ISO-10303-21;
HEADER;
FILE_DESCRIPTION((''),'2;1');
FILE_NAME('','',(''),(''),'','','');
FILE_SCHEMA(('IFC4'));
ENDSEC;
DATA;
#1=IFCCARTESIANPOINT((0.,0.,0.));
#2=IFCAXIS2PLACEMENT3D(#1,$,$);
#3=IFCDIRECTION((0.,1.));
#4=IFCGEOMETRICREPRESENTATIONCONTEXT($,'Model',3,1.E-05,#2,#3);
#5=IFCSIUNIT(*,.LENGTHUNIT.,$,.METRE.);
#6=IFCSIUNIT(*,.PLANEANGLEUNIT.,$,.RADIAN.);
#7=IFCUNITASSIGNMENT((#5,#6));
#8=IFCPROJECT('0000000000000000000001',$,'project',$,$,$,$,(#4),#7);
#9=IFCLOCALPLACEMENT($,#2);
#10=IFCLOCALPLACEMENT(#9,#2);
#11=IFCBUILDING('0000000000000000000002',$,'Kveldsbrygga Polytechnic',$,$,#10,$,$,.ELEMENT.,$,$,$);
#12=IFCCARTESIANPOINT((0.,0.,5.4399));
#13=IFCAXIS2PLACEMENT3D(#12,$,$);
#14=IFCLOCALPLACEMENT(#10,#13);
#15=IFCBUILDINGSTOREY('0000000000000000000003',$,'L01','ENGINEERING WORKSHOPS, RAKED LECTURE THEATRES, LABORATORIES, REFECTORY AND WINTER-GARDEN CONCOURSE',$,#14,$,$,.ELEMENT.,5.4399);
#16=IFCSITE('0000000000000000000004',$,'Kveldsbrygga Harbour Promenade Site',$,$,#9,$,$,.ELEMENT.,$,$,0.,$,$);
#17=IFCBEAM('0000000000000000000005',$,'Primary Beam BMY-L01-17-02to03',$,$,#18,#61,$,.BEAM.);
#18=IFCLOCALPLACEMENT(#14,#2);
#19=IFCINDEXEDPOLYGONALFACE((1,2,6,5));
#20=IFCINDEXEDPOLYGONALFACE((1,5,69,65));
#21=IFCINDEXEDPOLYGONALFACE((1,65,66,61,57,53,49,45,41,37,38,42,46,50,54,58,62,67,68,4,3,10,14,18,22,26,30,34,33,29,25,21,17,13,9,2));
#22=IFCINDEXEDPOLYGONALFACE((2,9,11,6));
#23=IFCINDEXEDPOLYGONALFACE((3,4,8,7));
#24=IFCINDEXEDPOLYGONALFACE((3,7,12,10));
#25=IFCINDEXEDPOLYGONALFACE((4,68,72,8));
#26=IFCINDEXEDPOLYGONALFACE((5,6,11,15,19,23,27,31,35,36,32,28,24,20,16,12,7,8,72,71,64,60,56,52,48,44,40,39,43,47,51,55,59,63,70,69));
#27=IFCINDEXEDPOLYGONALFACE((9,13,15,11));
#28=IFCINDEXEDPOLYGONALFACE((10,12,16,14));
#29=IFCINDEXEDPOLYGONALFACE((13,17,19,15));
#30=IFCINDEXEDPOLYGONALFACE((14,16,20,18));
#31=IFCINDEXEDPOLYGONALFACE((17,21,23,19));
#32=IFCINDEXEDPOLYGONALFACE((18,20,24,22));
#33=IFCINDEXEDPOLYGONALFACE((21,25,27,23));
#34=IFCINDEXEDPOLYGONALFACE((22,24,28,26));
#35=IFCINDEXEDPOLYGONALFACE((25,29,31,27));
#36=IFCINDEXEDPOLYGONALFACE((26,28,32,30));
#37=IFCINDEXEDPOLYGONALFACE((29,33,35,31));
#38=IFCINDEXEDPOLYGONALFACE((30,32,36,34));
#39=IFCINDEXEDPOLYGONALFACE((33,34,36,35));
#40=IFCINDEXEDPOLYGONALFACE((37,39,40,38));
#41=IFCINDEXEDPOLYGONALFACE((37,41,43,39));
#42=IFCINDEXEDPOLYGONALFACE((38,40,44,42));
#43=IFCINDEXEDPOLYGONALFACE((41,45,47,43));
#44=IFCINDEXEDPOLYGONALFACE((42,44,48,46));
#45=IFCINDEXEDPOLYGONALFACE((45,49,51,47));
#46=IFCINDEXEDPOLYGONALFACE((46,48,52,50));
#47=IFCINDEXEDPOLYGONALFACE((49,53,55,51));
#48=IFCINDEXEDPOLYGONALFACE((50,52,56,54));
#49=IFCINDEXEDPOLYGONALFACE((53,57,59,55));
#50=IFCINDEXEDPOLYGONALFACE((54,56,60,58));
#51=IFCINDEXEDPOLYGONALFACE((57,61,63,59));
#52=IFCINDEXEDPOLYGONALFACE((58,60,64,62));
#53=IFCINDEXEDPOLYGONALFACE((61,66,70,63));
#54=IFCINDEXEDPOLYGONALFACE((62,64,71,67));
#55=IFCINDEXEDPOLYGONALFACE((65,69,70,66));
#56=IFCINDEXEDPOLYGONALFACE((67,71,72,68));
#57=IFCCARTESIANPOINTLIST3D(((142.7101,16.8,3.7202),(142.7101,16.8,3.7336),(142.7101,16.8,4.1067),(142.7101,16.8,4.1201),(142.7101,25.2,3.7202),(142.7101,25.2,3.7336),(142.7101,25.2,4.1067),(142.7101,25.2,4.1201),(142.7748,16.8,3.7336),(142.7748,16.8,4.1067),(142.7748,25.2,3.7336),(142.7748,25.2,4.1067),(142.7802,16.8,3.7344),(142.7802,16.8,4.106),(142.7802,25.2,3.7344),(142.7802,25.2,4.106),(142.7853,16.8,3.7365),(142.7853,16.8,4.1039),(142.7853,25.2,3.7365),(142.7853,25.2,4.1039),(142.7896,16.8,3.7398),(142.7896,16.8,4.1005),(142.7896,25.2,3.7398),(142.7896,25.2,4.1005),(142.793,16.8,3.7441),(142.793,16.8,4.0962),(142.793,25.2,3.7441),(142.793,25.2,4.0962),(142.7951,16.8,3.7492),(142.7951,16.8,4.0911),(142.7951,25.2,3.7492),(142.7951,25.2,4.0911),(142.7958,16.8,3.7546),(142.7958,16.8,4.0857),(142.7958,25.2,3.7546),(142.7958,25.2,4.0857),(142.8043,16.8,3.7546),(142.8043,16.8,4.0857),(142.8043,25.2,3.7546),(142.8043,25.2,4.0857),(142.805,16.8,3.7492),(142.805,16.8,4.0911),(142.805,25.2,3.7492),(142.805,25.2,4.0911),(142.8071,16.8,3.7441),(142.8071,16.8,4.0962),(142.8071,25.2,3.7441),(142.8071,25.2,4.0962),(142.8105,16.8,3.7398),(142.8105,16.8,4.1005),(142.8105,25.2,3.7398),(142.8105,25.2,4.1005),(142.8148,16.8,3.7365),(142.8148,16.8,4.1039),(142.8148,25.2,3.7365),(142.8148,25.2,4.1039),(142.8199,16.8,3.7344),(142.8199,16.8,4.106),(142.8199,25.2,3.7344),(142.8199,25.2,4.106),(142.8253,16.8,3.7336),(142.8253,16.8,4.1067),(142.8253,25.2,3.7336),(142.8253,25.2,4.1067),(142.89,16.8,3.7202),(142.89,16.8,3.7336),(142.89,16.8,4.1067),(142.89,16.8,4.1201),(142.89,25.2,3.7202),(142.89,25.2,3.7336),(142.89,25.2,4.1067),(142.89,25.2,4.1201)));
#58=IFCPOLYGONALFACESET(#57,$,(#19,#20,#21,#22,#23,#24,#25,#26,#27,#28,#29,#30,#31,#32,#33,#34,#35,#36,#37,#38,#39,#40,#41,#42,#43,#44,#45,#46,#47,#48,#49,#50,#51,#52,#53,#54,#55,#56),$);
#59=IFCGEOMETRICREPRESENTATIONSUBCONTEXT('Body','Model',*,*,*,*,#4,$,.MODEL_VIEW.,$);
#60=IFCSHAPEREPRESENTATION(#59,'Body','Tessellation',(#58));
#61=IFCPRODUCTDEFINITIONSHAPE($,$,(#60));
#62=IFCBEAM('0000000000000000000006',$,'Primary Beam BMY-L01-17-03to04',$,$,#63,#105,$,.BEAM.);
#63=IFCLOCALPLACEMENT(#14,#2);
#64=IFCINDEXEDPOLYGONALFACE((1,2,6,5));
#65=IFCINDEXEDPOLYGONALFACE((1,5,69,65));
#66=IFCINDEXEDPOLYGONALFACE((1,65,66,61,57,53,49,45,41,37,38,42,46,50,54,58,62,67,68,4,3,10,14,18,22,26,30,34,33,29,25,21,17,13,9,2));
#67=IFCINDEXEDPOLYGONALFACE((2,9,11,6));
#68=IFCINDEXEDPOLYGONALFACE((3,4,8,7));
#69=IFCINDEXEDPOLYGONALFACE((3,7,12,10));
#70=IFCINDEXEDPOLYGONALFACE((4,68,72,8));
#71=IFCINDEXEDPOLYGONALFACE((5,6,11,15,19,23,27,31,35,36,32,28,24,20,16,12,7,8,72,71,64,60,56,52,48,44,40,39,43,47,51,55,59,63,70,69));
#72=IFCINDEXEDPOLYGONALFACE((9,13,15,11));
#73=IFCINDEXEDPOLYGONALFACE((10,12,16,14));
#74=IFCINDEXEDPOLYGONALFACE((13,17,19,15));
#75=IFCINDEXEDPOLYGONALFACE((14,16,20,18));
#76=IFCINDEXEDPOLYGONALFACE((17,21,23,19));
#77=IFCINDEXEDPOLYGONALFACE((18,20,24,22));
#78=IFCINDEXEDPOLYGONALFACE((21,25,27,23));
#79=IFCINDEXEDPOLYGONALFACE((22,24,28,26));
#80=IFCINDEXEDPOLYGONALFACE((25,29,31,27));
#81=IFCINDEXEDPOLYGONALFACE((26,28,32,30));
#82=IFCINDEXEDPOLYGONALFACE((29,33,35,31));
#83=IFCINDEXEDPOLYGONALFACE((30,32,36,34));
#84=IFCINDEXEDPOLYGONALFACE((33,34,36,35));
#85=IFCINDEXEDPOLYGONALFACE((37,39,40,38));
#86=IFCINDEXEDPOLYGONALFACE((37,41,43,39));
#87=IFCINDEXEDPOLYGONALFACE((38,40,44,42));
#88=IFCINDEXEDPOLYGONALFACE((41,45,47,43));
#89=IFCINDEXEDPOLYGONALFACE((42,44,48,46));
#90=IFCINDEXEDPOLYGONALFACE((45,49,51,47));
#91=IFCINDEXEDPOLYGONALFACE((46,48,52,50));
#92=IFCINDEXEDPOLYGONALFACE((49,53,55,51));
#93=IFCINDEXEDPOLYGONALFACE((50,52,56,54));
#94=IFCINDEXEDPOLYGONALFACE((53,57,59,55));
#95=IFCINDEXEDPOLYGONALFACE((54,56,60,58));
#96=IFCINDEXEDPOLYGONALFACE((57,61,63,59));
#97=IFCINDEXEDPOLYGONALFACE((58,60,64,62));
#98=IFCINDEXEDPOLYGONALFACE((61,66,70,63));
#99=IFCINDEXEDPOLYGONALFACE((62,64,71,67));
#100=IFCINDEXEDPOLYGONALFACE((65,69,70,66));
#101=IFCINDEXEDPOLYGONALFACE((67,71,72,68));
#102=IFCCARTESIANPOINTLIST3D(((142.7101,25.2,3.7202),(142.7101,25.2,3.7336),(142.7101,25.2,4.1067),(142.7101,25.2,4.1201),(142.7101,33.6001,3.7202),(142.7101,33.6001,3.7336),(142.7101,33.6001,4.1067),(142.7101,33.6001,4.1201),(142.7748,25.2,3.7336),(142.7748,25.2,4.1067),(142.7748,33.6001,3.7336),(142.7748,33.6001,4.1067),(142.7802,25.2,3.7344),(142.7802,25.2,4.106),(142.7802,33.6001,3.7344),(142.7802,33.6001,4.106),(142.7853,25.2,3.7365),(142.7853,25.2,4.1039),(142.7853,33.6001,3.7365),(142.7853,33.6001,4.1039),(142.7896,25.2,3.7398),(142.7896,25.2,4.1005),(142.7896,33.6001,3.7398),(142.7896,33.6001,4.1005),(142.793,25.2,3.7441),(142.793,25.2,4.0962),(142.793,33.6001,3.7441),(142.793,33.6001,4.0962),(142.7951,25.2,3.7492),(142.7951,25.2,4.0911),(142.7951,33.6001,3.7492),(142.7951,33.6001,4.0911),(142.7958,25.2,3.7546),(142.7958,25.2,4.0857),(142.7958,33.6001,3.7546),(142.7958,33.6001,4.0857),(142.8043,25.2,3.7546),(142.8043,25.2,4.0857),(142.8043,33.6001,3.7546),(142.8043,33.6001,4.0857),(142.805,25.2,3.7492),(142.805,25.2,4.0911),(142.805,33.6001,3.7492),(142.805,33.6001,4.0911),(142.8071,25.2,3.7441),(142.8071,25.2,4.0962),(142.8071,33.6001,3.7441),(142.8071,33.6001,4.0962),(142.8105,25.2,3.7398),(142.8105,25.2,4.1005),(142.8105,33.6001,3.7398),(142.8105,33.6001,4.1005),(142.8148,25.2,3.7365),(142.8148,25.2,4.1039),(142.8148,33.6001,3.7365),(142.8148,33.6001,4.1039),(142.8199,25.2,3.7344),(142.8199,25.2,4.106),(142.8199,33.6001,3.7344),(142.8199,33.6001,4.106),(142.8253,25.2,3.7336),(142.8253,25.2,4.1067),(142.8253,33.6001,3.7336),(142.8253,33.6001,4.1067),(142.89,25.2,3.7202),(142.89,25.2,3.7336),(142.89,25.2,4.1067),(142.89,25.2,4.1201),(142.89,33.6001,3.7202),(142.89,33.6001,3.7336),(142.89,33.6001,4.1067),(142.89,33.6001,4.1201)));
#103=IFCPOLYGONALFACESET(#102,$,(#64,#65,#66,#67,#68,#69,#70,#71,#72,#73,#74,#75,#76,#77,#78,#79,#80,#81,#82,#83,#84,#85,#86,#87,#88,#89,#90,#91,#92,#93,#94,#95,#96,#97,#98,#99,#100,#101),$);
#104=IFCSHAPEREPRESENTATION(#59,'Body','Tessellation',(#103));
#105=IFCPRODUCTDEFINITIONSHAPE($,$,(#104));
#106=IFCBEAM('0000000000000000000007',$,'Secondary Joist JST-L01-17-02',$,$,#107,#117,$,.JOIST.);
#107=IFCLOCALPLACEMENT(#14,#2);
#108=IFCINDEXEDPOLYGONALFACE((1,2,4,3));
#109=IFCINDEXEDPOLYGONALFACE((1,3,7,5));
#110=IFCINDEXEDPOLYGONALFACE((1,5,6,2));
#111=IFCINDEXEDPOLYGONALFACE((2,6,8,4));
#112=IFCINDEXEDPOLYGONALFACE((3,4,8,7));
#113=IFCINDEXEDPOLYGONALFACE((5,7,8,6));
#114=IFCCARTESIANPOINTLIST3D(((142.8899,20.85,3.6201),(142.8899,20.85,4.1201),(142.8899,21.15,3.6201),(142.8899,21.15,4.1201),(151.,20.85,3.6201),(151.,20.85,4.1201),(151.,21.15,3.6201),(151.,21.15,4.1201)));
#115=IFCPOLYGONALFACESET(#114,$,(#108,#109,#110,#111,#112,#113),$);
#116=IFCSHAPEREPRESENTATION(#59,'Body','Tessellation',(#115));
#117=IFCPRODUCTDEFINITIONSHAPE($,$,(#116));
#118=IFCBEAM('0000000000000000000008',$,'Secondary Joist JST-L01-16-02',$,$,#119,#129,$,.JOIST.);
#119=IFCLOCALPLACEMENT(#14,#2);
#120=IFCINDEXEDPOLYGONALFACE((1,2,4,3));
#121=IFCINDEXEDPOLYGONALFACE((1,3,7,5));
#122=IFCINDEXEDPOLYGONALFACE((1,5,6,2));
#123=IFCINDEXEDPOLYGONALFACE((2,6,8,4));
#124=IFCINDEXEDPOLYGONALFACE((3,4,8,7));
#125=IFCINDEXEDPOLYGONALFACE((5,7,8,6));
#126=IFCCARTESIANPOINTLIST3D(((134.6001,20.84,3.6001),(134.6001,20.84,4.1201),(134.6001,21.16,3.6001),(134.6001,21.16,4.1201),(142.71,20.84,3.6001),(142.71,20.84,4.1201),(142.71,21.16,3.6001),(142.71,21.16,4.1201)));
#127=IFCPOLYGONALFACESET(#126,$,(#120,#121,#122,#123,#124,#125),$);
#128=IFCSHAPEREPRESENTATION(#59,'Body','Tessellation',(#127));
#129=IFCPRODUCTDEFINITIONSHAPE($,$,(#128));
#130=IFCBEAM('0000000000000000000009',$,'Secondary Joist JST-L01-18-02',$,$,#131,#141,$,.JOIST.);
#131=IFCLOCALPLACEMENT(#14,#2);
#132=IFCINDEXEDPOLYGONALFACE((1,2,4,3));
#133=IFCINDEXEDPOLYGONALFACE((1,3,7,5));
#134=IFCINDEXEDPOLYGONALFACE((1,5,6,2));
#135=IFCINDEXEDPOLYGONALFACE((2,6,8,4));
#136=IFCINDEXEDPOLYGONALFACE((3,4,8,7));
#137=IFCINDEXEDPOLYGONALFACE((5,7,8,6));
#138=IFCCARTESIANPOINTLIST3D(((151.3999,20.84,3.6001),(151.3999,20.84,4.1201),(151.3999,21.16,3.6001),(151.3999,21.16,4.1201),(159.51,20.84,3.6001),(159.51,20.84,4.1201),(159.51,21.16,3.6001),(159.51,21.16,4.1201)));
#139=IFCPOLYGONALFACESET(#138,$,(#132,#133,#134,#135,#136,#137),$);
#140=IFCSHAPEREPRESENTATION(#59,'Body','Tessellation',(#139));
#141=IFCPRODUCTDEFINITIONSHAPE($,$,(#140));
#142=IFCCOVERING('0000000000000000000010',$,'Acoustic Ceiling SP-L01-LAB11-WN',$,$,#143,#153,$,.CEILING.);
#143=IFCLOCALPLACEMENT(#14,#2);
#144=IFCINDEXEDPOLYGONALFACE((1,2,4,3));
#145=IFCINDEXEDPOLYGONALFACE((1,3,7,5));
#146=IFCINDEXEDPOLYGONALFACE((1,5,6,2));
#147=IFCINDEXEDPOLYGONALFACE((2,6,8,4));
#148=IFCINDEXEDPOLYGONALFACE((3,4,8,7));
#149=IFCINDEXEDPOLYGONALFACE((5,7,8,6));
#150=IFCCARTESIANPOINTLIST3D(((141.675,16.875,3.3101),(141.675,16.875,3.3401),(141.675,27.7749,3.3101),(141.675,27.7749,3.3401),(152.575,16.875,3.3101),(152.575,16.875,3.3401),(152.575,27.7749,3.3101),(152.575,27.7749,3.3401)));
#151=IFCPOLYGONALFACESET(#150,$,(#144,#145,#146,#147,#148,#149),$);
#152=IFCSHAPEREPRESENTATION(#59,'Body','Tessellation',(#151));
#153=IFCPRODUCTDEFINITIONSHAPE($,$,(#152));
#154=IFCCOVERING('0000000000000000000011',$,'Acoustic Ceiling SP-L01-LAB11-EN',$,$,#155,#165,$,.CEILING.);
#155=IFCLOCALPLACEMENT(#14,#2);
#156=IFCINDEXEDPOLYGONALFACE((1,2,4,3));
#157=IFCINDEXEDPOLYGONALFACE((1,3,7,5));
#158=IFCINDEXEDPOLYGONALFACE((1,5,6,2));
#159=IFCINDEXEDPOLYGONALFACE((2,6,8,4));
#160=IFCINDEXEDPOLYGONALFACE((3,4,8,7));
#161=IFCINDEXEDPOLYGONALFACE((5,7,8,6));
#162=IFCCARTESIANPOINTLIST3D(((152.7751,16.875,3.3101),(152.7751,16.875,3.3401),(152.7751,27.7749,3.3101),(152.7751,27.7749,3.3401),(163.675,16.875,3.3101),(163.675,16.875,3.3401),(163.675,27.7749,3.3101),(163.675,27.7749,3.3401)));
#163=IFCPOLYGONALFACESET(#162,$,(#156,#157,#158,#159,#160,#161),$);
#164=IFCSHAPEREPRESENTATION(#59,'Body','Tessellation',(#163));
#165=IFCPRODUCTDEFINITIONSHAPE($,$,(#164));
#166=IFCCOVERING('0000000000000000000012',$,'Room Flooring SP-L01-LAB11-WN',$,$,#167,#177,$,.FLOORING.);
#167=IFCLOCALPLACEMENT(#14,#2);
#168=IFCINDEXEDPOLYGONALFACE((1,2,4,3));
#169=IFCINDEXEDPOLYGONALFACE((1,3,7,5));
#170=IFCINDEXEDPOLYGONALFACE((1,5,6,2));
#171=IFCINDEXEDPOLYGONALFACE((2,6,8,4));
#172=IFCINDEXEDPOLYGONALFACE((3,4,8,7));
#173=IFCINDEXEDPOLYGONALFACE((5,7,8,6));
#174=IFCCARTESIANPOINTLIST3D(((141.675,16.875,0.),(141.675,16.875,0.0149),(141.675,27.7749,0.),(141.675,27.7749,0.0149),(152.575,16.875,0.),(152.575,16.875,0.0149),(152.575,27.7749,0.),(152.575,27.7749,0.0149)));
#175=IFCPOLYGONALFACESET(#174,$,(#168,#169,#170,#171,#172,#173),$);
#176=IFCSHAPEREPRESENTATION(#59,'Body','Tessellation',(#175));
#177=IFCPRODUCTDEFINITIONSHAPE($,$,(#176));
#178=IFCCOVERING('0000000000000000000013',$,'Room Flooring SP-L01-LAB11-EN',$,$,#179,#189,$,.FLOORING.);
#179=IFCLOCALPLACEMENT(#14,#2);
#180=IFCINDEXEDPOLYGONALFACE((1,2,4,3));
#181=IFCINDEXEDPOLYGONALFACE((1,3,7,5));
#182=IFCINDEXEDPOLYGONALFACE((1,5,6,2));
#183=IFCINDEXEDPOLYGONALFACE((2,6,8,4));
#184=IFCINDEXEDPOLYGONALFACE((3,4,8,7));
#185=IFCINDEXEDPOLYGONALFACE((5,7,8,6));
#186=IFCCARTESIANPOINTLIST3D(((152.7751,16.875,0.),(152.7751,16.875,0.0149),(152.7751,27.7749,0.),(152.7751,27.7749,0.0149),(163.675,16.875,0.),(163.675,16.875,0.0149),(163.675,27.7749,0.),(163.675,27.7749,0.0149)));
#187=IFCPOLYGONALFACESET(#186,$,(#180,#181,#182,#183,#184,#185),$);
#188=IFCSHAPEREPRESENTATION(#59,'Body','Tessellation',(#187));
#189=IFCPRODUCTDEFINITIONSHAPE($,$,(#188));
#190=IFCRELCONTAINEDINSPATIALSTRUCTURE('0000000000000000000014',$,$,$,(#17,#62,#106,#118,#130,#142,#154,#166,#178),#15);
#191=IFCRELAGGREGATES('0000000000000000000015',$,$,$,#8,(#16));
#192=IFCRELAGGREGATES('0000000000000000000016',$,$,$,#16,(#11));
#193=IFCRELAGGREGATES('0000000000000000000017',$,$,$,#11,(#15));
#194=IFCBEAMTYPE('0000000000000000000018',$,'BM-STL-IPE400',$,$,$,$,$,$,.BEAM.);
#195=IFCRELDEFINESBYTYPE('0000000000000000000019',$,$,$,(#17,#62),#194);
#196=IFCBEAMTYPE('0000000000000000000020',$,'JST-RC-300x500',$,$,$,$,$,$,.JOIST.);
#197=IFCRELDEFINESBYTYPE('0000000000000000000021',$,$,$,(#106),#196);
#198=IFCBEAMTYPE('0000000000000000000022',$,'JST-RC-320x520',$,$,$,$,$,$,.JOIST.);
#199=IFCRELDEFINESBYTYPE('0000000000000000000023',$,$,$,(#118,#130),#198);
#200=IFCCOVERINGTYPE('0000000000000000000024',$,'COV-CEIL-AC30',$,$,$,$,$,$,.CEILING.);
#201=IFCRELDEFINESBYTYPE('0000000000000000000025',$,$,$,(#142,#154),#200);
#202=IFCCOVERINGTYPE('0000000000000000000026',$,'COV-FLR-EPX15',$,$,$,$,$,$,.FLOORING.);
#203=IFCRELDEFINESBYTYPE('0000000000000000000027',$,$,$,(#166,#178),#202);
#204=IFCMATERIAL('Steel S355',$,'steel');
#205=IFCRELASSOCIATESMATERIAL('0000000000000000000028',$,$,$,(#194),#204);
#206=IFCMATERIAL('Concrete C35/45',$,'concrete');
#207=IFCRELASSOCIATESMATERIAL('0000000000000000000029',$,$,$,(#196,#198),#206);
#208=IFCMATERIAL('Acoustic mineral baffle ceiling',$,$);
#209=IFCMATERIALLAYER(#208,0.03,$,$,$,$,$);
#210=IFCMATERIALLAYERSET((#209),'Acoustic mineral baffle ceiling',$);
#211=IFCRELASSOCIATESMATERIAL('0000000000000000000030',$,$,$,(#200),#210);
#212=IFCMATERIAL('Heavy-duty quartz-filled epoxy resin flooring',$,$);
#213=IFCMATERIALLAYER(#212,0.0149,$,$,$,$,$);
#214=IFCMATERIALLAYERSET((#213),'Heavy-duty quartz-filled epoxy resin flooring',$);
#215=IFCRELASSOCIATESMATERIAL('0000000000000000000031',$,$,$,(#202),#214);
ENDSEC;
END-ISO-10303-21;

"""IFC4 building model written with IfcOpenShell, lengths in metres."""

from ifc_helpers import new_model, si_unit, direction, frame, origin, origin_2d, place, context, subcontext, project, spatial, rectangle, i_section, extrude, material, layer, layer_set, material_profile, profile_set, type_object, element, save


model = new_model("IFC4")

# Units and contexts
model_context = context("Model", 3, precision=1e-05, world=origin(), true_north=direction((0.0, 1.0)))
body_context = subcontext(model_context, "Body", "Model", "MODEL_VIEW")
ifc_project = project(units=[si_unit("LENGTHUNIT", "METRE"), si_unit("PLANEANGLEUNIT", "RADIAN")], contexts=[model_context])

# Site, building, storey
site_placement = place(None, origin())
site = spatial("IfcSite", under=ifc_project, at=site_placement, Name="Kveldsbrygga Harbour Promenade Site", CompositionType="ELEMENT", RefElevation=0.0)
building_placement = place(site_placement, origin())
building = spatial("IfcBuilding", under=site, at=building_placement, Name="Kveldsbrygga Polytechnic", CompositionType="ELEMENT")
storey_placement = place(building_placement, frame((0.0, 0.0, 5.4399)))
storey = spatial("IfcBuildingStorey", under=building, at=storey_placement, Name="L01", Description="ENGINEERING WORKSHOPS, RAKED LECTURE THEATRES, LABORATORIES, REFECTORY AND WINTER-GARDEN CONCOURSE", CompositionType="ELEMENT", Elevation=5.4399)

# Beams
ifc_material_1 = material(Name="Concrete C35/45", Category="concrete")
ifc_material_2 = material(Name="Steel S355", Category="steel")
ifc_material_profile_1 = material_profile(ifc_material_2, i_section(OverallWidth=0.1799, OverallDepth=0.3999, WebThickness=0.0085, FlangeThickness=0.0134, FilletRadius=0.021, at=origin_2d()), Name="IPE 400")
ifc_profile_set_1 = profile_set([ifc_material_profile_1], Name="Steel S355")
beam_type_1 = type_object("IfcBeamType", Name="BM-STL-IPE400", PredefinedType="BEAM", material=ifc_profile_set_1)
beam_1_placement = place(storey_placement, frame((142.8, 16.8, 3.9202), z_axis=(0.0, 1.0, 0.0), x_axis=(-1.0, 0.0, 0.0)))
element("IfcBeam", 1, at=beam_1_placement, inside=storey, type_object=beam_type_1, Name="Primary Beam BMY-L01-17-02to03", PredefinedType="BEAM", context=body_context, shape_type="SweptSolid", body=[
    extrude(i_section(OverallWidth=0.1799, OverallDepth=0.3999, WebThickness=0.0085, FlangeThickness=0.0134, FilletRadius=0.021, at=origin_2d()), origin(), (0.0, 0.0, 1.0), 8.3999),
])
beam_2_placement = place(storey_placement, frame((142.8, 25.2, 3.9202), z_axis=(0.0, 1.0, 0.0), x_axis=(-1.0, 0.0, 0.0)))
element("IfcBeam", 2, at=beam_2_placement, inside=storey, type_object=beam_type_1, Name="Primary Beam BMY-L01-17-03to04", PredefinedType="BEAM", context=body_context, shape_type="SweptSolid", body=[
    extrude(i_section(OverallWidth=0.1799, OverallDepth=0.3999, WebThickness=0.0085, FlangeThickness=0.0134, FilletRadius=0.021, at=origin_2d()), origin(), (0.0, 0.0, 1.0), 8.4001),
])
ifc_material_profile_2 = material_profile(ifc_material_1, rectangle(XDim=0.3, YDim=0.5, at=origin_2d()), Name="RC 300x500")
ifc_profile_set_2 = profile_set([ifc_material_profile_2], Name="Concrete C35/45")
beam_type_2 = type_object("IfcBeamType", Name="JST-RC-300x500", PredefinedType="JOIST", material=ifc_profile_set_2)
beam_3_placement = place(storey_placement, frame((142.8899, 21.0, 3.8701), z_axis=(1.0, 0.0, 0.0), x_axis=(0.0, 1.0, 0.0)))
element("IfcBeam", 3, at=beam_3_placement, inside=storey, type_object=beam_type_2, Name="Secondary Joist JST-L01-17-02", PredefinedType="JOIST", context=body_context, shape_type="SweptSolid", body=[
    extrude(rectangle(XDim=0.3, YDim=0.5, at=origin_2d()), origin(), (0.0, 0.0, 1.0), 8.1101),
])
ifc_material_profile_3 = material_profile(ifc_material_1, rectangle(XDim=0.3201, YDim=0.52, at=origin_2d()), Name="RC 320x520")
ifc_profile_set_3 = profile_set([ifc_material_profile_3], Name="Concrete C35/45")
beam_type_3 = type_object("IfcBeamType", Name="JST-RC-320x520", PredefinedType="JOIST", material=ifc_profile_set_3)
beam_4_placement = place(storey_placement, frame((134.6001, 21.0, 3.8601), z_axis=(1.0, 0.0, 0.0), x_axis=(0.0, 1.0, 0.0)))
element("IfcBeam", 4, at=beam_4_placement, inside=storey, type_object=beam_type_3, Name="Secondary Joist JST-L01-16-02", PredefinedType="JOIST", context=body_context, shape_type="SweptSolid", body=[
    extrude(rectangle(XDim=0.3201, YDim=0.52, at=origin_2d()), origin(), (0.0, 0.0, 1.0), 8.1099),
])
beam_5_placement = place(storey_placement, frame((151.3999, 21.0, 3.8601), z_axis=(1.0, 0.0, 0.0), x_axis=(0.0, 1.0, 0.0)))
element("IfcBeam", 5, at=beam_5_placement, inside=storey, type_object=beam_type_3, Name="Secondary Joist JST-L01-18-02", PredefinedType="JOIST", context=body_context, shape_type="SweptSolid", body=[
    extrude(rectangle(XDim=0.3201, YDim=0.52, at=origin_2d()), origin(), (0.0, 0.0, 1.0), 8.1101),
])

# Coverings
ifc_material_3 = material(Name="Acoustic mineral baffle ceiling")
ifc_layer_1 = layer(ifc_material_3, 0.03)
ifc_layer_set_1 = layer_set([ifc_layer_1], Name="Acoustic mineral baffle ceiling")
covering_type_1 = type_object("IfcCoveringType", Name="COV-CEIL-AC30", PredefinedType="CEILING", material=ifc_layer_set_1)
for number, where, z_axis, x_axis, name in (
    (6, (147.125, 22.325, 3.3101), (0.0, 0.0, 1.0), (1.0, 0.0, 0.0), "Acoustic Ceiling SP-L01-LAB11-WN"),
    (7, (158.2251, 22.325, 3.3101), (0.0, 0.0, 1.0), (1.0, 0.0, 0.0), "Acoustic Ceiling SP-L01-LAB11-EN"),
):
    element("IfcCovering", number, at=place(storey_placement, frame(where, z_axis=z_axis, x_axis=x_axis)), inside=storey, type_object=covering_type_1, Name=name, PredefinedType="CEILING", context=body_context, shape_type="SweptSolid", body=[
        extrude(rectangle(XDim=10.8999, YDim=10.8999, at=origin_2d()), origin(), (0.0, 0.0, 1.0), 0.03),
    ])
ifc_material_4 = material(Name="Heavy-duty quartz-filled epoxy resin flooring")
ifc_layer_2 = layer(ifc_material_4, 0.0149)
ifc_layer_set_2 = layer_set([ifc_layer_2], Name="Heavy-duty quartz-filled epoxy resin flooring")
covering_type_2 = type_object("IfcCoveringType", Name="COV-FLR-EPX15", PredefinedType="FLOORING", material=ifc_layer_set_2)
for number, where, z_axis, x_axis, name in (
    (8, (147.125, 22.325, 0.0), (0.0, 0.0, 1.0), (1.0, 0.0, 0.0), "Room Flooring SP-L01-LAB11-WN"),
    (9, (158.2251, 22.325, 0.0), (0.0, 0.0, 1.0), (1.0, 0.0, 0.0), "Room Flooring SP-L01-LAB11-EN"),
):
    element("IfcCovering", number, at=place(storey_placement, frame(where, z_axis=z_axis, x_axis=x_axis)), inside=storey, type_object=covering_type_2, Name=name, PredefinedType="FLOORING", context=body_context, shape_type="SweptSolid", body=[
        extrude(rectangle(XDim=10.8999, YDim=10.8999, at=origin_2d()), origin(), (0.0, 0.0, 1.0), 0.0149),
    ])

save(model, "model.ifc")
